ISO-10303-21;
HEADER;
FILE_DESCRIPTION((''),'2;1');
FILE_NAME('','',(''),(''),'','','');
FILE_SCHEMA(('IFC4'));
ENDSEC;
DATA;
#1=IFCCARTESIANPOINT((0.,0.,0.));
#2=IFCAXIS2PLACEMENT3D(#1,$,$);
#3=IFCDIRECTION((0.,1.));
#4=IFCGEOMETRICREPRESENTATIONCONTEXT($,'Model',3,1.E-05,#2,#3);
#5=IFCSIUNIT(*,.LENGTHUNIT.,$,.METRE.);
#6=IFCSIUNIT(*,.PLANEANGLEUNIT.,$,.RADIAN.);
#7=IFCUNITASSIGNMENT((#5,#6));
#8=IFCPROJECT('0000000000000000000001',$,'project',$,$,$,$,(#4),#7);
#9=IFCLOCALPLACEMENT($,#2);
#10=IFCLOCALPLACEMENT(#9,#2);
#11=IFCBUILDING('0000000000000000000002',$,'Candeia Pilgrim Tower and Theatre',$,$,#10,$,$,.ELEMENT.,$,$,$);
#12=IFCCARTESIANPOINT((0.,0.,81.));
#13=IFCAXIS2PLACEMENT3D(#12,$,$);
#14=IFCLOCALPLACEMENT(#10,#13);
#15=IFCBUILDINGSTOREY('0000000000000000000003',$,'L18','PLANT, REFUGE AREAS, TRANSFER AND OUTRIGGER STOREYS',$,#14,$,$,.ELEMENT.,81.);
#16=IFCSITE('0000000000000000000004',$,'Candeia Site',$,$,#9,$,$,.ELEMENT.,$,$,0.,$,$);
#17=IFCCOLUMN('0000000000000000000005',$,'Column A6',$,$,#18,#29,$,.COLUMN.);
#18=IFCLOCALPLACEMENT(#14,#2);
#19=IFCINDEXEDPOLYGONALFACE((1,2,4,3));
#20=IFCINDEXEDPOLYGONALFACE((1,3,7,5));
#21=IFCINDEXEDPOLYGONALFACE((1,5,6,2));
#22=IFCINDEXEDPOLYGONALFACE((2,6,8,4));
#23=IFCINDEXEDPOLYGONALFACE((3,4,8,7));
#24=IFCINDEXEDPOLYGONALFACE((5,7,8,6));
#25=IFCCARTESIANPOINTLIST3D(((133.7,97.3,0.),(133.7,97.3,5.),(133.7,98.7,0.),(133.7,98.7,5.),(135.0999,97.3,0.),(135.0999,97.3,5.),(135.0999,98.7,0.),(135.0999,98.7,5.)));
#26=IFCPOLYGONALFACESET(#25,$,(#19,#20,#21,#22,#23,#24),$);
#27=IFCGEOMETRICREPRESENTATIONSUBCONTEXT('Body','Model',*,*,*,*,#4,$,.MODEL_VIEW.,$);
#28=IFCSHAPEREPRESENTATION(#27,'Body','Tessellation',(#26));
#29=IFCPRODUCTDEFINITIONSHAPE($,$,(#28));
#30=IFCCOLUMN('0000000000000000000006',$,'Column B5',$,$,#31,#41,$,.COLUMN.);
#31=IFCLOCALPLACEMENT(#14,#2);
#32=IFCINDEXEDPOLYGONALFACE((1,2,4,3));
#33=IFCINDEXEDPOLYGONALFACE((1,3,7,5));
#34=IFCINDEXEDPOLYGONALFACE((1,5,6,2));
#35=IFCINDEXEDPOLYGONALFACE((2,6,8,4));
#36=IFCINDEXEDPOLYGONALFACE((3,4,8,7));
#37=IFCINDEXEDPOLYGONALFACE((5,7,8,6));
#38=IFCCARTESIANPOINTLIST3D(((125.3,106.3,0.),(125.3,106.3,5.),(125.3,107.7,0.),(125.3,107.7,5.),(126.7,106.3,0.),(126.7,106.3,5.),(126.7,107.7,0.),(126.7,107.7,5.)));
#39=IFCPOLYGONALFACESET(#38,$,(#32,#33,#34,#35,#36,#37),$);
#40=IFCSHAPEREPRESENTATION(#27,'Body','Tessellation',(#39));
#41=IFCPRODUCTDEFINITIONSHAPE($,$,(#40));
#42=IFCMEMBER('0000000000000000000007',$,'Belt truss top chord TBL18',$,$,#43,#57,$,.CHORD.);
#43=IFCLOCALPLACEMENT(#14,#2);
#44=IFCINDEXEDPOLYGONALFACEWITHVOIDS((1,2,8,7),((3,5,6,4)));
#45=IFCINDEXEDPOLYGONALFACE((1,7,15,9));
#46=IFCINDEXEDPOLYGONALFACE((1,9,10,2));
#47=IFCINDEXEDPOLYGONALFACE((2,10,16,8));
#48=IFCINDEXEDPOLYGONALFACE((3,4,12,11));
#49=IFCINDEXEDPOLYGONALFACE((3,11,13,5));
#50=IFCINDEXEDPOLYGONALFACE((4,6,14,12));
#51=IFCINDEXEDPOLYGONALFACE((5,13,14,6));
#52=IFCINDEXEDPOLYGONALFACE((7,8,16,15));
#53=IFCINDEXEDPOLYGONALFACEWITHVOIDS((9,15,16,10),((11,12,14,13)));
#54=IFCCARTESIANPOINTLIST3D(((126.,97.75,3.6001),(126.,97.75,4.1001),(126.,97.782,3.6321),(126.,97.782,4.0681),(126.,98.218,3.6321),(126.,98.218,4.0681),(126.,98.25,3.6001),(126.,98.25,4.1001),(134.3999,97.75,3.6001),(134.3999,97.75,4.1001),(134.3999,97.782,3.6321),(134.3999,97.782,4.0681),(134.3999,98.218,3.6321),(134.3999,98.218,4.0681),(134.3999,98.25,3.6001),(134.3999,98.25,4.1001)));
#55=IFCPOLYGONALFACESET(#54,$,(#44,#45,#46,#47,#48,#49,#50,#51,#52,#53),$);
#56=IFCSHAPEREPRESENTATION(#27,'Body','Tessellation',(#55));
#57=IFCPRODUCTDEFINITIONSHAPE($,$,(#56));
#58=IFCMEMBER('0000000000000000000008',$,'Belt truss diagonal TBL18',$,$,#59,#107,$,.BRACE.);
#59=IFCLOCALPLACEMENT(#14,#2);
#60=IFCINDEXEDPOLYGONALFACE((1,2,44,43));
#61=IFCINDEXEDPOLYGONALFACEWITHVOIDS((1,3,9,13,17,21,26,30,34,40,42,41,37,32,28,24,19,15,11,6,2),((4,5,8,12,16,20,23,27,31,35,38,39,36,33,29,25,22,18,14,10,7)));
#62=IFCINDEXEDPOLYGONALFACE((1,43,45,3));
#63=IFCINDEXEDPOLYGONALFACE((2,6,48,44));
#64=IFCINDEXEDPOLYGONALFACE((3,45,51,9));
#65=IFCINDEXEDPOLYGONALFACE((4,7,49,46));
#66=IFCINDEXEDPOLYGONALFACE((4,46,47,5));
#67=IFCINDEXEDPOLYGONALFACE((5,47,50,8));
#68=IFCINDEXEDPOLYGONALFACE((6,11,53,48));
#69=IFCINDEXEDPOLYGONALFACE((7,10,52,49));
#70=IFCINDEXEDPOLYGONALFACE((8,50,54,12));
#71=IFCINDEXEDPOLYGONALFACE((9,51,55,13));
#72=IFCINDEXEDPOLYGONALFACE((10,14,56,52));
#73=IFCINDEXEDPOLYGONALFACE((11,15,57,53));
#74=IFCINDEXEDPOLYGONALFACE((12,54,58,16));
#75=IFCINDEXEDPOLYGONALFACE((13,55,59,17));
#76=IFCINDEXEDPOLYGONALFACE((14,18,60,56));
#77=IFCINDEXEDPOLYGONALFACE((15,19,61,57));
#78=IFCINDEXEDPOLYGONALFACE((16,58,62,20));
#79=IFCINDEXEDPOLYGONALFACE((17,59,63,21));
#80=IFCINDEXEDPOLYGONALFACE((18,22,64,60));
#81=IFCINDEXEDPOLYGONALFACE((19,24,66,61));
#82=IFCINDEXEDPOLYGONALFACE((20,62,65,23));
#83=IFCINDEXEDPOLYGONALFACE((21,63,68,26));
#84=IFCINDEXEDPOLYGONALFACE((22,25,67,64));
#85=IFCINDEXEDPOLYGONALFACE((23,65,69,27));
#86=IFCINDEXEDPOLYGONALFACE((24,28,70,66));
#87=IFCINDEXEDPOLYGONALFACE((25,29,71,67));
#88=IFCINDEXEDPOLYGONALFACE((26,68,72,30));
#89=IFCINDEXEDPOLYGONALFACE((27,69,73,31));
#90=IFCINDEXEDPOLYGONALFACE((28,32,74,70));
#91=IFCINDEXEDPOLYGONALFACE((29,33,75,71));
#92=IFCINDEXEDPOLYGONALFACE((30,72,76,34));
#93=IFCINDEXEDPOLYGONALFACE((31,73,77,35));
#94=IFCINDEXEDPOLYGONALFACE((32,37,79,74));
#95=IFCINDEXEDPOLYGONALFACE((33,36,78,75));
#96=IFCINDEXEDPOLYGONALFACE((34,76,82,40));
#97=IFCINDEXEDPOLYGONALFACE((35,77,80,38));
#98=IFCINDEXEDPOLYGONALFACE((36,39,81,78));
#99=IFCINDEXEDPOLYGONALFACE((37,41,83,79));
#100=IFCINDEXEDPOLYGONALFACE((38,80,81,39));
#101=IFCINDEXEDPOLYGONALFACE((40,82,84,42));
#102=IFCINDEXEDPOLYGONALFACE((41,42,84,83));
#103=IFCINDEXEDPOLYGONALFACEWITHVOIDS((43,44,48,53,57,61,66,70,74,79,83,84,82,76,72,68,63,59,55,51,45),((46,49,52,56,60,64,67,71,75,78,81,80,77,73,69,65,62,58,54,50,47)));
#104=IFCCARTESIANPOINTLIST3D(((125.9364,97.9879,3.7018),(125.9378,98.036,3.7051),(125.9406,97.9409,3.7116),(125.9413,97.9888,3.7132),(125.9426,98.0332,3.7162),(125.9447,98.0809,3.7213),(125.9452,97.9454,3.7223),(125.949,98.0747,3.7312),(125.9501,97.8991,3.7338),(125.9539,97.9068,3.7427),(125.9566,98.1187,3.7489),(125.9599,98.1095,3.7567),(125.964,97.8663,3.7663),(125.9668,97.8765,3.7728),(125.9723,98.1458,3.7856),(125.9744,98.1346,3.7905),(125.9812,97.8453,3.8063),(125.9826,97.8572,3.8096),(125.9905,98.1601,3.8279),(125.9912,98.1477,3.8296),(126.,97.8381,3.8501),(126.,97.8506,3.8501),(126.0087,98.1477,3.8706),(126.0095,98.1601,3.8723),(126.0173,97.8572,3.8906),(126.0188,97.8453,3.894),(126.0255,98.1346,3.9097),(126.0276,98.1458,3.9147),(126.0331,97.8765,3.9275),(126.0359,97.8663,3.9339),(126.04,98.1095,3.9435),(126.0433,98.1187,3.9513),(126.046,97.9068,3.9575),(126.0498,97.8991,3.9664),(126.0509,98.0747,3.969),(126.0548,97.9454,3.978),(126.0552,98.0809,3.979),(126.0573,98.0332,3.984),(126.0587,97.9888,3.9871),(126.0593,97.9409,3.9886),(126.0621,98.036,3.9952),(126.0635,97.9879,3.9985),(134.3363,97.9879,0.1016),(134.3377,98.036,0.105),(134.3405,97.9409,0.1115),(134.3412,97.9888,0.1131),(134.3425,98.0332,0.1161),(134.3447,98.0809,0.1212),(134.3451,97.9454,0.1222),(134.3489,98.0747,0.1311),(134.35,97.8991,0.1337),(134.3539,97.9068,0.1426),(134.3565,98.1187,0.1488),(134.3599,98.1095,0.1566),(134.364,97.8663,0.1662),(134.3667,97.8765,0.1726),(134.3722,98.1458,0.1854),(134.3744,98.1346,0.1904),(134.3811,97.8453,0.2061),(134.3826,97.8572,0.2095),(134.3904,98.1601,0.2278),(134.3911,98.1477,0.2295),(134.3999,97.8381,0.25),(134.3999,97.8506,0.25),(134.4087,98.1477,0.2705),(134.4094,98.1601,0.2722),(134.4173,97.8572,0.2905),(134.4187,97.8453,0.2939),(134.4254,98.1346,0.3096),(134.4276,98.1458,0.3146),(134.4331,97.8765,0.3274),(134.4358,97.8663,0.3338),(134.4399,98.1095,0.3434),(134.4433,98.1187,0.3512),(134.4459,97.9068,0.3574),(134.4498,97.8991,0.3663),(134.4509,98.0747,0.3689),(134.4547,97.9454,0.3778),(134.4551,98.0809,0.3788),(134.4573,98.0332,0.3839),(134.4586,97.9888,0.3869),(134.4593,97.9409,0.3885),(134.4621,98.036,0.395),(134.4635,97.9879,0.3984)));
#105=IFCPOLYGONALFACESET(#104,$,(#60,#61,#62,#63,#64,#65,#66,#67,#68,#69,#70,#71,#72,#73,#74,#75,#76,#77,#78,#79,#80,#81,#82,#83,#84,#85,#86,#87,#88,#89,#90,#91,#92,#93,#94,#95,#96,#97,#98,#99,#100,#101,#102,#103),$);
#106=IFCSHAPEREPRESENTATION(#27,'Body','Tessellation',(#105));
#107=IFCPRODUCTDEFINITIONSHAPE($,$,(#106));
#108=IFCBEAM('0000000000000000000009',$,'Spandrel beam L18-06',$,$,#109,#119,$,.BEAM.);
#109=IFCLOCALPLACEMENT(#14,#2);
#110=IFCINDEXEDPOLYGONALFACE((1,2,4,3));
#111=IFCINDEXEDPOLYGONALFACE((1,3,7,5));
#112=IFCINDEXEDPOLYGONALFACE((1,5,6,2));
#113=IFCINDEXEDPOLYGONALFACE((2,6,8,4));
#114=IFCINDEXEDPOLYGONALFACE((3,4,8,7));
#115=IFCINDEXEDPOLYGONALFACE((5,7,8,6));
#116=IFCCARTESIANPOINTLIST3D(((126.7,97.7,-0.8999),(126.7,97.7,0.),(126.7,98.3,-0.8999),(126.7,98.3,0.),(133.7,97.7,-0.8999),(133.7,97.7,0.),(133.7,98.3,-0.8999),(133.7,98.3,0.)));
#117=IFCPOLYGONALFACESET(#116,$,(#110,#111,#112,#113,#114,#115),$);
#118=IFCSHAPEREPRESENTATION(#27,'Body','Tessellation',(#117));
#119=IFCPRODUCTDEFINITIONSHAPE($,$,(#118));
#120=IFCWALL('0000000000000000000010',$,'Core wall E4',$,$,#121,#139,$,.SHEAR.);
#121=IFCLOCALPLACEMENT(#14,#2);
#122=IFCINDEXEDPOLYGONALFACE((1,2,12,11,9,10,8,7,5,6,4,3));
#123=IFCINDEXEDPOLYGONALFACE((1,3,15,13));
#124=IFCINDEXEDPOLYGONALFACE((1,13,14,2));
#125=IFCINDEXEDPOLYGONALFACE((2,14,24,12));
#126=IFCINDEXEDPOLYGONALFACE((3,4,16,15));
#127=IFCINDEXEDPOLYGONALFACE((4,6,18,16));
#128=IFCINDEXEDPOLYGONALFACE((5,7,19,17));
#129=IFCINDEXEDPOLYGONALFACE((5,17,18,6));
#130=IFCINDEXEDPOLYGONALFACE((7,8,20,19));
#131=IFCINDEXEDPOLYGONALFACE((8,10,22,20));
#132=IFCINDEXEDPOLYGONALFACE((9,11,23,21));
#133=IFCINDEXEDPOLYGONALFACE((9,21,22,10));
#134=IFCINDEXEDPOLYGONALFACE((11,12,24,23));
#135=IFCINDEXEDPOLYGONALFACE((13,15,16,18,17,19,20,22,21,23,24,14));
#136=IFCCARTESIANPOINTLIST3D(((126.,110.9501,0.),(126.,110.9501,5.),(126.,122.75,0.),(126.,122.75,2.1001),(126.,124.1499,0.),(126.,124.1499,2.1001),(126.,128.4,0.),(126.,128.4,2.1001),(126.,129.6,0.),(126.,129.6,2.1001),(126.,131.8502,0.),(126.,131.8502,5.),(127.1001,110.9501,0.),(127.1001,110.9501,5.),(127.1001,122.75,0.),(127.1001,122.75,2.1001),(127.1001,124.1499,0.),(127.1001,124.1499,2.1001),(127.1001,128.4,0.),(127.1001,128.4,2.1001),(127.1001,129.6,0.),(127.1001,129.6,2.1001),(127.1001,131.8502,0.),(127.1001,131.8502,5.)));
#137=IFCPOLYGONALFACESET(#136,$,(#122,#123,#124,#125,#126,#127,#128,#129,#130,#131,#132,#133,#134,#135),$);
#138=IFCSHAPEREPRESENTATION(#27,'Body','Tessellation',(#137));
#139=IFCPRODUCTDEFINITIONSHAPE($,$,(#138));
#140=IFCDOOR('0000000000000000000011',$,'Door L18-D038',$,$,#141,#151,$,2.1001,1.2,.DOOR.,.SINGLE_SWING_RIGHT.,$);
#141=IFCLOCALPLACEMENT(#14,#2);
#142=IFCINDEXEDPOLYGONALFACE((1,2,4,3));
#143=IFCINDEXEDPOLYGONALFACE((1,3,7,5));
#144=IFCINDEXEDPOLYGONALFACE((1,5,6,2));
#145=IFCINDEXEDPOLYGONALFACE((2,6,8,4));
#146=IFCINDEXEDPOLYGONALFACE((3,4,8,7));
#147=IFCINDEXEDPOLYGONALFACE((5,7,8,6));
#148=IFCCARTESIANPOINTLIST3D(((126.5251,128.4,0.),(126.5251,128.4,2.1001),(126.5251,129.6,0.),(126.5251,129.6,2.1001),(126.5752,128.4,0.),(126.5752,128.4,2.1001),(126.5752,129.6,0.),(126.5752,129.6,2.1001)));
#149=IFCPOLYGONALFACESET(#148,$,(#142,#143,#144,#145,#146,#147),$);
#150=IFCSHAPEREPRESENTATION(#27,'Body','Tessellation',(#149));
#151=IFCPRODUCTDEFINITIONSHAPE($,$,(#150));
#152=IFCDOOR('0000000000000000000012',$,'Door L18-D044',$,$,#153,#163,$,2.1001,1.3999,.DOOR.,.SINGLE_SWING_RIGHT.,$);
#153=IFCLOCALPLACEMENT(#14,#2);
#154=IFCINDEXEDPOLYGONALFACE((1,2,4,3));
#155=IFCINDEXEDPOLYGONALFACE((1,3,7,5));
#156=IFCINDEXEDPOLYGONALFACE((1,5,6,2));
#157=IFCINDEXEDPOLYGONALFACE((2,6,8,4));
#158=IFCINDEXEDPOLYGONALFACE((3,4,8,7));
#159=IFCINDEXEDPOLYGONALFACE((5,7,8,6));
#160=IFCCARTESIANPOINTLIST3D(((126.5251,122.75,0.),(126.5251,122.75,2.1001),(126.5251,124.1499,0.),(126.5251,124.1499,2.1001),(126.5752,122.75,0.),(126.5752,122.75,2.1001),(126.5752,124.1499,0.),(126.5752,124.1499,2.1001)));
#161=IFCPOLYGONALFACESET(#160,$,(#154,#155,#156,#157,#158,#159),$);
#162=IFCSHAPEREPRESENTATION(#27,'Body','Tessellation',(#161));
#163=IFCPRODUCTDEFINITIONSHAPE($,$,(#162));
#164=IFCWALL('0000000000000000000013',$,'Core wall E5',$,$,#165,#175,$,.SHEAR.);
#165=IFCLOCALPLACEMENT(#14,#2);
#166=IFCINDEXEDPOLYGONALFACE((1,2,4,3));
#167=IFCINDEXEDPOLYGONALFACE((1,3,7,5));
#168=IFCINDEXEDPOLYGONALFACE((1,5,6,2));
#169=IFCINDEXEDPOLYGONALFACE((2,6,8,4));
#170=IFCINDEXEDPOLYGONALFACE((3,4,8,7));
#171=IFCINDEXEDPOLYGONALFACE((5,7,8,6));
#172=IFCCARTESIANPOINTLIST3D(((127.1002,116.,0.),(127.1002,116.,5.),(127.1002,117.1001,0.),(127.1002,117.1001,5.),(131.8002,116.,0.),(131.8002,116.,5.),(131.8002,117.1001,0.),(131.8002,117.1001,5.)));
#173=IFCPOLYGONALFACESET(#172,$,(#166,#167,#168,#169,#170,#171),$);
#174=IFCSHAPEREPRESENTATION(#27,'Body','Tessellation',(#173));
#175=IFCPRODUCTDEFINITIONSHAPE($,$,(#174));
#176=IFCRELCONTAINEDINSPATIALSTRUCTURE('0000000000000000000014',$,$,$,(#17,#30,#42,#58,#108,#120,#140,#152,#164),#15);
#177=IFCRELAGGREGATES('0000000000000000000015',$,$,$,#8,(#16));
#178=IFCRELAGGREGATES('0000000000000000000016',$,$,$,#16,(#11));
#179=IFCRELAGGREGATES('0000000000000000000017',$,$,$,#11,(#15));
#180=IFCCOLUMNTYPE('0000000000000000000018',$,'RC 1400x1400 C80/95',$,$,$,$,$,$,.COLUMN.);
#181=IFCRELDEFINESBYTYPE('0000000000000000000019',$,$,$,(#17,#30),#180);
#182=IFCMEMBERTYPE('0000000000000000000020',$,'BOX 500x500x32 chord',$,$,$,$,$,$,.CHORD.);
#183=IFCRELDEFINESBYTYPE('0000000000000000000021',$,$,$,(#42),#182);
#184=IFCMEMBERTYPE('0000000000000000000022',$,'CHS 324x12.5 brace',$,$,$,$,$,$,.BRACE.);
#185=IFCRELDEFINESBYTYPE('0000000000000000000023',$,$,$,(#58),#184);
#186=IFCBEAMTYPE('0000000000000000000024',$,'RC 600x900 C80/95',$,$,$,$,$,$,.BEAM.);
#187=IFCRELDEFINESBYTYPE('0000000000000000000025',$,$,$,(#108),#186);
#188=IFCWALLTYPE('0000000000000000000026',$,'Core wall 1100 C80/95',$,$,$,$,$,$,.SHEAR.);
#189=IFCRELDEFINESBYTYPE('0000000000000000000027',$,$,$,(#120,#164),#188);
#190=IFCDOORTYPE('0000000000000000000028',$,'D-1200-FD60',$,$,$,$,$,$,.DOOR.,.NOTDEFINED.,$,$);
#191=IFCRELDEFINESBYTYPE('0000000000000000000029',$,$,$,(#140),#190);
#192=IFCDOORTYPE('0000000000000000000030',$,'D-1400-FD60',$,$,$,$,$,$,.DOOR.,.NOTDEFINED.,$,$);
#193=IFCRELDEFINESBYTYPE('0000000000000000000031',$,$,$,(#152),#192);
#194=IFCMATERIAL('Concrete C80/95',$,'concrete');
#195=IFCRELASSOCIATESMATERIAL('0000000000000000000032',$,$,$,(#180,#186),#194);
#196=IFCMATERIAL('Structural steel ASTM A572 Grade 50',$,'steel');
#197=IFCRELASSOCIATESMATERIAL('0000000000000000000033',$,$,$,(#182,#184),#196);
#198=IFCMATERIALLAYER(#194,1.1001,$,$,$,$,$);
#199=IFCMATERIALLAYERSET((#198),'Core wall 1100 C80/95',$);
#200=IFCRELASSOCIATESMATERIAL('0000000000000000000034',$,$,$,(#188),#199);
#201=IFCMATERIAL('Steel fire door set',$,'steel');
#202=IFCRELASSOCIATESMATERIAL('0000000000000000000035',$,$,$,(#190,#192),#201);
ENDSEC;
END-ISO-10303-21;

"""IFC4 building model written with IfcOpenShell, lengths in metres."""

from ifc_helpers import new_model, si_unit, direction, frame, frame_2d, origin, origin_2d, place, context, subcontext, project, spatial, rectangle, hollow_rectangle, hollow_circle, extrude, material, layer, layer_set, material_profile, profile_set, type_object, element, fill, save


model = new_model("IFC4")

# Units and contexts
model_context = context("Model", 3, precision=1e-05, world=origin(), true_north=direction((0.0, 1.0)))
body_context = subcontext(model_context, "Body", "Model", "MODEL_VIEW")
ifc_project = project(units=[si_unit("LENGTHUNIT", "METRE"), si_unit("PLANEANGLEUNIT", "RADIAN")], contexts=[model_context])

# Site, building, storey
site_placement = place(None, origin())
site = spatial("IfcSite", under=ifc_project, at=site_placement, Name="Candeia Site", CompositionType="ELEMENT", RefElevation=0.0)
building_placement = place(site_placement, origin())
building = spatial("IfcBuilding", under=site, at=building_placement, Name="Candeia Pilgrim Tower and Theatre", CompositionType="ELEMENT")
storey_placement = place(building_placement, frame((0.0, 0.0, 81.0)))
storey = spatial("IfcBuildingStorey", under=building, at=storey_placement, Name="L18", Description="PLANT, REFUGE AREAS, TRANSFER AND OUTRIGGER STOREYS", CompositionType="ELEMENT", Elevation=81.0)

# Columns
ifc_material_1 = material(Name="Concrete C80/95", Category="concrete")
ifc_material_profile_1 = material_profile(ifc_material_1, rectangle(XDim=1.3999, YDim=1.3999, at=origin_2d()))
ifc_profile_set_1 = profile_set([ifc_material_profile_1], Name="Concrete C80/95")
column_type = type_object("IfcColumnType", Name="RC 1400x1400 C80/95", PredefinedType="COLUMN", material=ifc_profile_set_1)
for number, where, z_axis, x_axis, name in (
    (1, (134.3999, 98.0, 0.0), (0.0, 0.0, 1.0), (1.0, 0.0, 0.0), "Column A6"),
    (2, (126.0, 107.0, 0.0), (0.0, 0.0, 1.0), (1.0, 0.0, 0.0), "Column B5"),
):
    element("IfcColumn", number, at=place(storey_placement, frame(where, z_axis=z_axis, x_axis=x_axis)), inside=storey, type_object=column_type, Name=name, PredefinedType="COLUMN", context=body_context, shape_type="SweptSolid", body=[
        extrude(rectangle(XDim=1.3999, YDim=1.3999, at=origin_2d()), origin(), (0.0, 0.0, 1.0), 5.0),
    ])

# Members
ifc_material_2 = material(Name="Structural steel ASTM A572 Grade 50", Category="steel")
ifc_material_profile_2 = material_profile(ifc_material_2, hollow_rectangle(XDim=0.5, YDim=0.5, WallThickness=0.032, at=origin_2d()))
ifc_profile_set_2 = profile_set([ifc_material_profile_2], Name="Structural steel ASTM A572 Grade 50")
member_type_1 = type_object("IfcMemberType", Name="BOX 500x500x32 chord", PredefinedType="CHORD", material=ifc_profile_set_2)
member_1_placement = place(storey_placement, frame((126.0, 98.0, 3.8501), z_axis=(1.0, 0.0, 0.0), x_axis=(0.0, 1.0, 0.0)))
element("IfcMember", 3, at=member_1_placement, inside=storey, type_object=member_type_1, Name="Belt truss top chord TBL18", PredefinedType="CHORD", context=body_context, shape_type="SweptSolid", body=[
    extrude(hollow_rectangle(XDim=0.5, YDim=0.5, WallThickness=0.032, at=origin_2d()), origin(), (0.0, 0.0, 1.0), 8.3999),
])
ifc_material_profile_3 = material_profile(ifc_material_2, hollow_circle(Radius=0.1619, WallThickness=0.0125, at=origin_2d()))
ifc_profile_set_3 = profile_set([ifc_material_profile_3], Name="Structural steel ASTM A572 Grade 50")
member_type_2 = type_object("IfcMemberType", Name="CHS 324x12.5 brace", PredefinedType="BRACE", material=ifc_profile_set_3)
member_2_placement = place(storey_placement, frame((134.3999, 98.0, 0.25), z_axis=(-0.91914, 0.0, 0.393932), x_axis=(0.0, -1.0, 0.0)))
element("IfcMember", 4, at=member_2_placement, inside=storey, type_object=member_type_2, Name="Belt truss diagonal TBL18", PredefinedType="BRACE", context=body_context, shape_type="SweptSolid", body=[
    extrude(hollow_circle(Radius=0.1619, WallThickness=0.0125, at=origin_2d()), origin(), (0.0, 0.0, 1.0), 9.1389),
])

# Beam
ifc_material_profile_4 = material_profile(ifc_material_1, rectangle(XDim=0.6001, YDim=0.8999, at=origin_2d()))
ifc_profile_set_4 = profile_set([ifc_material_profile_4], Name="Concrete C80/95")
beam_type = type_object("IfcBeamType", Name="RC 600x900 C80/95", PredefinedType="BEAM", material=ifc_profile_set_4)
beam_placement = place(storey_placement, frame((126.7, 98.0, -0.45), z_axis=(1.0, 0.0, 0.0), x_axis=(0.0, 1.0, 0.0)))
element("IfcBeam", 5, at=beam_placement, inside=storey, type_object=beam_type, Name="Spandrel beam L18-06", PredefinedType="BEAM", context=body_context, shape_type="SweptSolid", body=[
    extrude(rectangle(XDim=0.6001, YDim=0.8999, at=origin_2d()), origin(), (0.0, 0.0, 1.0), 7.0),
])

# Wall, openings, doors
ifc_layer_1 = layer(ifc_material_1, 1.1001)
ifc_layer_set_1 = layer_set([ifc_layer_1], Name="Core wall 1100 C80/95")
wall_type_1 = type_object("IfcWallType", Name="Core wall 1100 C80/95", PredefinedType="SHEAR", material=ifc_layer_set_1)
wall_1_placement = place(storey_placement, frame((126.55, 110.95, 0.0), z_axis=(0.0, 0.0, 1.0), x_axis=(0.0, 1.0, 0.0)))
wall_1 = element("IfcWall", 6, at=wall_1_placement, inside=storey, type_object=wall_type_1, Name="Core wall E4", PredefinedType="SHEAR", context=body_context, shape_type="SweptSolid", body=[
    extrude(rectangle(XDim=20.9001, YDim=1.1001, at=frame_2d((10.4502, 0.0))), origin(), (0.0, 0.0, 1.0), 5.0),
])
opening_1_placement = place(wall_1_placement, frame((17.45, 0.0, 0.0)))
opening_1 = element("IfcOpeningElement", 7, at=opening_1_placement, cuts=wall_1, PredefinedType="OPENING", context=body_context, shape_type="SweptSolid", body=[
    extrude(rectangle(XDim=1.2, YDim=2.1001, at=frame_2d((0.6001, 1.05))), frame((0.0, 0.5601, 0.0), z_axis=(0.0, -1.0, 0.0), x_axis=(1.0, 0.0, 0.0)), (0.0, 0.0, 1.0), 1.1201),
])
opening_2_placement = place(wall_1_placement, frame((11.8, 0.0, 0.0)))
opening_2 = element("IfcOpeningElement", 8, at=opening_2_placement, cuts=wall_1, PredefinedType="OPENING", context=body_context, shape_type="SweptSolid", body=[
    extrude(rectangle(XDim=1.3999, YDim=2.1001, at=frame_2d((0.7, 1.05))), frame((0.0, 0.5601, 0.0), z_axis=(0.0, -1.0, 0.0), x_axis=(1.0, 0.0, 0.0)), (0.0, 0.0, 1.0), 1.1201),
])
ifc_material_3 = material(Name="Steel fire door set", Category="steel")
door_type_1 = type_object("IfcDoorType", Name="D-1200-FD60", OperationType="NOTDEFINED", PredefinedType="DOOR", material=ifc_material_3)
door_1_placement = place(opening_1_placement, origin())
door_1 = element("IfcDoor", 9, at=door_1_placement, inside=storey, type_object=door_type_1, Name="Door L18-D038", OperationType="SINGLE_SWING_RIGHT", OverallHeight=2.1001, OverallWidth=1.2, PredefinedType="DOOR", context=body_context, shape_type="SweptSolid", body=[
    extrude(rectangle(XDim=1.2, YDim=2.1001, at=frame_2d((0.6001, 1.05))), frame((0.0, 0.0249, 0.0), z_axis=(0.0, -1.0, 0.0), x_axis=(1.0, 0.0, 0.0)), (0.0, 0.0, 1.0), 0.05),
])
fill(opening_1, door_1)
door_type_2 = type_object("IfcDoorType", Name="D-1400-FD60", OperationType="NOTDEFINED", PredefinedType="DOOR", material=ifc_material_3)
door_2_placement = place(opening_2_placement, origin())
door_2 = element("IfcDoor", 10, at=door_2_placement, inside=storey, type_object=door_type_2, Name="Door L18-D044", OperationType="SINGLE_SWING_RIGHT", OverallHeight=2.1001, OverallWidth=1.3999, PredefinedType="DOOR", context=body_context, shape_type="SweptSolid", body=[
    extrude(rectangle(XDim=1.3999, YDim=2.1001, at=frame_2d((0.7, 1.05))), frame((0.0, 0.0249, 0.0), z_axis=(0.0, -1.0, 0.0), x_axis=(1.0, 0.0, 0.0)), (0.0, 0.0, 1.0), 0.05),
])
fill(opening_2, door_2)

# Wall
wall_2_placement = place(storey_placement, frame((127.1001, 116.55, 0.0), z_axis=(0.0, 0.0, 1.0), x_axis=(1.0, 0.0, 0.0)))
element("IfcWall", 11, at=wall_2_placement, inside=storey, type_object=wall_type_1, Name="Core wall E5", PredefinedType="SHEAR", context=body_context, shape_type="SweptSolid", body=[
    extrude(rectangle(XDim=4.7, YDim=1.1001, at=frame_2d((2.3501, 0.0))), origin(), (0.0, 0.0, 1.0), 5.0),
])

save(model, "model.ifc")
